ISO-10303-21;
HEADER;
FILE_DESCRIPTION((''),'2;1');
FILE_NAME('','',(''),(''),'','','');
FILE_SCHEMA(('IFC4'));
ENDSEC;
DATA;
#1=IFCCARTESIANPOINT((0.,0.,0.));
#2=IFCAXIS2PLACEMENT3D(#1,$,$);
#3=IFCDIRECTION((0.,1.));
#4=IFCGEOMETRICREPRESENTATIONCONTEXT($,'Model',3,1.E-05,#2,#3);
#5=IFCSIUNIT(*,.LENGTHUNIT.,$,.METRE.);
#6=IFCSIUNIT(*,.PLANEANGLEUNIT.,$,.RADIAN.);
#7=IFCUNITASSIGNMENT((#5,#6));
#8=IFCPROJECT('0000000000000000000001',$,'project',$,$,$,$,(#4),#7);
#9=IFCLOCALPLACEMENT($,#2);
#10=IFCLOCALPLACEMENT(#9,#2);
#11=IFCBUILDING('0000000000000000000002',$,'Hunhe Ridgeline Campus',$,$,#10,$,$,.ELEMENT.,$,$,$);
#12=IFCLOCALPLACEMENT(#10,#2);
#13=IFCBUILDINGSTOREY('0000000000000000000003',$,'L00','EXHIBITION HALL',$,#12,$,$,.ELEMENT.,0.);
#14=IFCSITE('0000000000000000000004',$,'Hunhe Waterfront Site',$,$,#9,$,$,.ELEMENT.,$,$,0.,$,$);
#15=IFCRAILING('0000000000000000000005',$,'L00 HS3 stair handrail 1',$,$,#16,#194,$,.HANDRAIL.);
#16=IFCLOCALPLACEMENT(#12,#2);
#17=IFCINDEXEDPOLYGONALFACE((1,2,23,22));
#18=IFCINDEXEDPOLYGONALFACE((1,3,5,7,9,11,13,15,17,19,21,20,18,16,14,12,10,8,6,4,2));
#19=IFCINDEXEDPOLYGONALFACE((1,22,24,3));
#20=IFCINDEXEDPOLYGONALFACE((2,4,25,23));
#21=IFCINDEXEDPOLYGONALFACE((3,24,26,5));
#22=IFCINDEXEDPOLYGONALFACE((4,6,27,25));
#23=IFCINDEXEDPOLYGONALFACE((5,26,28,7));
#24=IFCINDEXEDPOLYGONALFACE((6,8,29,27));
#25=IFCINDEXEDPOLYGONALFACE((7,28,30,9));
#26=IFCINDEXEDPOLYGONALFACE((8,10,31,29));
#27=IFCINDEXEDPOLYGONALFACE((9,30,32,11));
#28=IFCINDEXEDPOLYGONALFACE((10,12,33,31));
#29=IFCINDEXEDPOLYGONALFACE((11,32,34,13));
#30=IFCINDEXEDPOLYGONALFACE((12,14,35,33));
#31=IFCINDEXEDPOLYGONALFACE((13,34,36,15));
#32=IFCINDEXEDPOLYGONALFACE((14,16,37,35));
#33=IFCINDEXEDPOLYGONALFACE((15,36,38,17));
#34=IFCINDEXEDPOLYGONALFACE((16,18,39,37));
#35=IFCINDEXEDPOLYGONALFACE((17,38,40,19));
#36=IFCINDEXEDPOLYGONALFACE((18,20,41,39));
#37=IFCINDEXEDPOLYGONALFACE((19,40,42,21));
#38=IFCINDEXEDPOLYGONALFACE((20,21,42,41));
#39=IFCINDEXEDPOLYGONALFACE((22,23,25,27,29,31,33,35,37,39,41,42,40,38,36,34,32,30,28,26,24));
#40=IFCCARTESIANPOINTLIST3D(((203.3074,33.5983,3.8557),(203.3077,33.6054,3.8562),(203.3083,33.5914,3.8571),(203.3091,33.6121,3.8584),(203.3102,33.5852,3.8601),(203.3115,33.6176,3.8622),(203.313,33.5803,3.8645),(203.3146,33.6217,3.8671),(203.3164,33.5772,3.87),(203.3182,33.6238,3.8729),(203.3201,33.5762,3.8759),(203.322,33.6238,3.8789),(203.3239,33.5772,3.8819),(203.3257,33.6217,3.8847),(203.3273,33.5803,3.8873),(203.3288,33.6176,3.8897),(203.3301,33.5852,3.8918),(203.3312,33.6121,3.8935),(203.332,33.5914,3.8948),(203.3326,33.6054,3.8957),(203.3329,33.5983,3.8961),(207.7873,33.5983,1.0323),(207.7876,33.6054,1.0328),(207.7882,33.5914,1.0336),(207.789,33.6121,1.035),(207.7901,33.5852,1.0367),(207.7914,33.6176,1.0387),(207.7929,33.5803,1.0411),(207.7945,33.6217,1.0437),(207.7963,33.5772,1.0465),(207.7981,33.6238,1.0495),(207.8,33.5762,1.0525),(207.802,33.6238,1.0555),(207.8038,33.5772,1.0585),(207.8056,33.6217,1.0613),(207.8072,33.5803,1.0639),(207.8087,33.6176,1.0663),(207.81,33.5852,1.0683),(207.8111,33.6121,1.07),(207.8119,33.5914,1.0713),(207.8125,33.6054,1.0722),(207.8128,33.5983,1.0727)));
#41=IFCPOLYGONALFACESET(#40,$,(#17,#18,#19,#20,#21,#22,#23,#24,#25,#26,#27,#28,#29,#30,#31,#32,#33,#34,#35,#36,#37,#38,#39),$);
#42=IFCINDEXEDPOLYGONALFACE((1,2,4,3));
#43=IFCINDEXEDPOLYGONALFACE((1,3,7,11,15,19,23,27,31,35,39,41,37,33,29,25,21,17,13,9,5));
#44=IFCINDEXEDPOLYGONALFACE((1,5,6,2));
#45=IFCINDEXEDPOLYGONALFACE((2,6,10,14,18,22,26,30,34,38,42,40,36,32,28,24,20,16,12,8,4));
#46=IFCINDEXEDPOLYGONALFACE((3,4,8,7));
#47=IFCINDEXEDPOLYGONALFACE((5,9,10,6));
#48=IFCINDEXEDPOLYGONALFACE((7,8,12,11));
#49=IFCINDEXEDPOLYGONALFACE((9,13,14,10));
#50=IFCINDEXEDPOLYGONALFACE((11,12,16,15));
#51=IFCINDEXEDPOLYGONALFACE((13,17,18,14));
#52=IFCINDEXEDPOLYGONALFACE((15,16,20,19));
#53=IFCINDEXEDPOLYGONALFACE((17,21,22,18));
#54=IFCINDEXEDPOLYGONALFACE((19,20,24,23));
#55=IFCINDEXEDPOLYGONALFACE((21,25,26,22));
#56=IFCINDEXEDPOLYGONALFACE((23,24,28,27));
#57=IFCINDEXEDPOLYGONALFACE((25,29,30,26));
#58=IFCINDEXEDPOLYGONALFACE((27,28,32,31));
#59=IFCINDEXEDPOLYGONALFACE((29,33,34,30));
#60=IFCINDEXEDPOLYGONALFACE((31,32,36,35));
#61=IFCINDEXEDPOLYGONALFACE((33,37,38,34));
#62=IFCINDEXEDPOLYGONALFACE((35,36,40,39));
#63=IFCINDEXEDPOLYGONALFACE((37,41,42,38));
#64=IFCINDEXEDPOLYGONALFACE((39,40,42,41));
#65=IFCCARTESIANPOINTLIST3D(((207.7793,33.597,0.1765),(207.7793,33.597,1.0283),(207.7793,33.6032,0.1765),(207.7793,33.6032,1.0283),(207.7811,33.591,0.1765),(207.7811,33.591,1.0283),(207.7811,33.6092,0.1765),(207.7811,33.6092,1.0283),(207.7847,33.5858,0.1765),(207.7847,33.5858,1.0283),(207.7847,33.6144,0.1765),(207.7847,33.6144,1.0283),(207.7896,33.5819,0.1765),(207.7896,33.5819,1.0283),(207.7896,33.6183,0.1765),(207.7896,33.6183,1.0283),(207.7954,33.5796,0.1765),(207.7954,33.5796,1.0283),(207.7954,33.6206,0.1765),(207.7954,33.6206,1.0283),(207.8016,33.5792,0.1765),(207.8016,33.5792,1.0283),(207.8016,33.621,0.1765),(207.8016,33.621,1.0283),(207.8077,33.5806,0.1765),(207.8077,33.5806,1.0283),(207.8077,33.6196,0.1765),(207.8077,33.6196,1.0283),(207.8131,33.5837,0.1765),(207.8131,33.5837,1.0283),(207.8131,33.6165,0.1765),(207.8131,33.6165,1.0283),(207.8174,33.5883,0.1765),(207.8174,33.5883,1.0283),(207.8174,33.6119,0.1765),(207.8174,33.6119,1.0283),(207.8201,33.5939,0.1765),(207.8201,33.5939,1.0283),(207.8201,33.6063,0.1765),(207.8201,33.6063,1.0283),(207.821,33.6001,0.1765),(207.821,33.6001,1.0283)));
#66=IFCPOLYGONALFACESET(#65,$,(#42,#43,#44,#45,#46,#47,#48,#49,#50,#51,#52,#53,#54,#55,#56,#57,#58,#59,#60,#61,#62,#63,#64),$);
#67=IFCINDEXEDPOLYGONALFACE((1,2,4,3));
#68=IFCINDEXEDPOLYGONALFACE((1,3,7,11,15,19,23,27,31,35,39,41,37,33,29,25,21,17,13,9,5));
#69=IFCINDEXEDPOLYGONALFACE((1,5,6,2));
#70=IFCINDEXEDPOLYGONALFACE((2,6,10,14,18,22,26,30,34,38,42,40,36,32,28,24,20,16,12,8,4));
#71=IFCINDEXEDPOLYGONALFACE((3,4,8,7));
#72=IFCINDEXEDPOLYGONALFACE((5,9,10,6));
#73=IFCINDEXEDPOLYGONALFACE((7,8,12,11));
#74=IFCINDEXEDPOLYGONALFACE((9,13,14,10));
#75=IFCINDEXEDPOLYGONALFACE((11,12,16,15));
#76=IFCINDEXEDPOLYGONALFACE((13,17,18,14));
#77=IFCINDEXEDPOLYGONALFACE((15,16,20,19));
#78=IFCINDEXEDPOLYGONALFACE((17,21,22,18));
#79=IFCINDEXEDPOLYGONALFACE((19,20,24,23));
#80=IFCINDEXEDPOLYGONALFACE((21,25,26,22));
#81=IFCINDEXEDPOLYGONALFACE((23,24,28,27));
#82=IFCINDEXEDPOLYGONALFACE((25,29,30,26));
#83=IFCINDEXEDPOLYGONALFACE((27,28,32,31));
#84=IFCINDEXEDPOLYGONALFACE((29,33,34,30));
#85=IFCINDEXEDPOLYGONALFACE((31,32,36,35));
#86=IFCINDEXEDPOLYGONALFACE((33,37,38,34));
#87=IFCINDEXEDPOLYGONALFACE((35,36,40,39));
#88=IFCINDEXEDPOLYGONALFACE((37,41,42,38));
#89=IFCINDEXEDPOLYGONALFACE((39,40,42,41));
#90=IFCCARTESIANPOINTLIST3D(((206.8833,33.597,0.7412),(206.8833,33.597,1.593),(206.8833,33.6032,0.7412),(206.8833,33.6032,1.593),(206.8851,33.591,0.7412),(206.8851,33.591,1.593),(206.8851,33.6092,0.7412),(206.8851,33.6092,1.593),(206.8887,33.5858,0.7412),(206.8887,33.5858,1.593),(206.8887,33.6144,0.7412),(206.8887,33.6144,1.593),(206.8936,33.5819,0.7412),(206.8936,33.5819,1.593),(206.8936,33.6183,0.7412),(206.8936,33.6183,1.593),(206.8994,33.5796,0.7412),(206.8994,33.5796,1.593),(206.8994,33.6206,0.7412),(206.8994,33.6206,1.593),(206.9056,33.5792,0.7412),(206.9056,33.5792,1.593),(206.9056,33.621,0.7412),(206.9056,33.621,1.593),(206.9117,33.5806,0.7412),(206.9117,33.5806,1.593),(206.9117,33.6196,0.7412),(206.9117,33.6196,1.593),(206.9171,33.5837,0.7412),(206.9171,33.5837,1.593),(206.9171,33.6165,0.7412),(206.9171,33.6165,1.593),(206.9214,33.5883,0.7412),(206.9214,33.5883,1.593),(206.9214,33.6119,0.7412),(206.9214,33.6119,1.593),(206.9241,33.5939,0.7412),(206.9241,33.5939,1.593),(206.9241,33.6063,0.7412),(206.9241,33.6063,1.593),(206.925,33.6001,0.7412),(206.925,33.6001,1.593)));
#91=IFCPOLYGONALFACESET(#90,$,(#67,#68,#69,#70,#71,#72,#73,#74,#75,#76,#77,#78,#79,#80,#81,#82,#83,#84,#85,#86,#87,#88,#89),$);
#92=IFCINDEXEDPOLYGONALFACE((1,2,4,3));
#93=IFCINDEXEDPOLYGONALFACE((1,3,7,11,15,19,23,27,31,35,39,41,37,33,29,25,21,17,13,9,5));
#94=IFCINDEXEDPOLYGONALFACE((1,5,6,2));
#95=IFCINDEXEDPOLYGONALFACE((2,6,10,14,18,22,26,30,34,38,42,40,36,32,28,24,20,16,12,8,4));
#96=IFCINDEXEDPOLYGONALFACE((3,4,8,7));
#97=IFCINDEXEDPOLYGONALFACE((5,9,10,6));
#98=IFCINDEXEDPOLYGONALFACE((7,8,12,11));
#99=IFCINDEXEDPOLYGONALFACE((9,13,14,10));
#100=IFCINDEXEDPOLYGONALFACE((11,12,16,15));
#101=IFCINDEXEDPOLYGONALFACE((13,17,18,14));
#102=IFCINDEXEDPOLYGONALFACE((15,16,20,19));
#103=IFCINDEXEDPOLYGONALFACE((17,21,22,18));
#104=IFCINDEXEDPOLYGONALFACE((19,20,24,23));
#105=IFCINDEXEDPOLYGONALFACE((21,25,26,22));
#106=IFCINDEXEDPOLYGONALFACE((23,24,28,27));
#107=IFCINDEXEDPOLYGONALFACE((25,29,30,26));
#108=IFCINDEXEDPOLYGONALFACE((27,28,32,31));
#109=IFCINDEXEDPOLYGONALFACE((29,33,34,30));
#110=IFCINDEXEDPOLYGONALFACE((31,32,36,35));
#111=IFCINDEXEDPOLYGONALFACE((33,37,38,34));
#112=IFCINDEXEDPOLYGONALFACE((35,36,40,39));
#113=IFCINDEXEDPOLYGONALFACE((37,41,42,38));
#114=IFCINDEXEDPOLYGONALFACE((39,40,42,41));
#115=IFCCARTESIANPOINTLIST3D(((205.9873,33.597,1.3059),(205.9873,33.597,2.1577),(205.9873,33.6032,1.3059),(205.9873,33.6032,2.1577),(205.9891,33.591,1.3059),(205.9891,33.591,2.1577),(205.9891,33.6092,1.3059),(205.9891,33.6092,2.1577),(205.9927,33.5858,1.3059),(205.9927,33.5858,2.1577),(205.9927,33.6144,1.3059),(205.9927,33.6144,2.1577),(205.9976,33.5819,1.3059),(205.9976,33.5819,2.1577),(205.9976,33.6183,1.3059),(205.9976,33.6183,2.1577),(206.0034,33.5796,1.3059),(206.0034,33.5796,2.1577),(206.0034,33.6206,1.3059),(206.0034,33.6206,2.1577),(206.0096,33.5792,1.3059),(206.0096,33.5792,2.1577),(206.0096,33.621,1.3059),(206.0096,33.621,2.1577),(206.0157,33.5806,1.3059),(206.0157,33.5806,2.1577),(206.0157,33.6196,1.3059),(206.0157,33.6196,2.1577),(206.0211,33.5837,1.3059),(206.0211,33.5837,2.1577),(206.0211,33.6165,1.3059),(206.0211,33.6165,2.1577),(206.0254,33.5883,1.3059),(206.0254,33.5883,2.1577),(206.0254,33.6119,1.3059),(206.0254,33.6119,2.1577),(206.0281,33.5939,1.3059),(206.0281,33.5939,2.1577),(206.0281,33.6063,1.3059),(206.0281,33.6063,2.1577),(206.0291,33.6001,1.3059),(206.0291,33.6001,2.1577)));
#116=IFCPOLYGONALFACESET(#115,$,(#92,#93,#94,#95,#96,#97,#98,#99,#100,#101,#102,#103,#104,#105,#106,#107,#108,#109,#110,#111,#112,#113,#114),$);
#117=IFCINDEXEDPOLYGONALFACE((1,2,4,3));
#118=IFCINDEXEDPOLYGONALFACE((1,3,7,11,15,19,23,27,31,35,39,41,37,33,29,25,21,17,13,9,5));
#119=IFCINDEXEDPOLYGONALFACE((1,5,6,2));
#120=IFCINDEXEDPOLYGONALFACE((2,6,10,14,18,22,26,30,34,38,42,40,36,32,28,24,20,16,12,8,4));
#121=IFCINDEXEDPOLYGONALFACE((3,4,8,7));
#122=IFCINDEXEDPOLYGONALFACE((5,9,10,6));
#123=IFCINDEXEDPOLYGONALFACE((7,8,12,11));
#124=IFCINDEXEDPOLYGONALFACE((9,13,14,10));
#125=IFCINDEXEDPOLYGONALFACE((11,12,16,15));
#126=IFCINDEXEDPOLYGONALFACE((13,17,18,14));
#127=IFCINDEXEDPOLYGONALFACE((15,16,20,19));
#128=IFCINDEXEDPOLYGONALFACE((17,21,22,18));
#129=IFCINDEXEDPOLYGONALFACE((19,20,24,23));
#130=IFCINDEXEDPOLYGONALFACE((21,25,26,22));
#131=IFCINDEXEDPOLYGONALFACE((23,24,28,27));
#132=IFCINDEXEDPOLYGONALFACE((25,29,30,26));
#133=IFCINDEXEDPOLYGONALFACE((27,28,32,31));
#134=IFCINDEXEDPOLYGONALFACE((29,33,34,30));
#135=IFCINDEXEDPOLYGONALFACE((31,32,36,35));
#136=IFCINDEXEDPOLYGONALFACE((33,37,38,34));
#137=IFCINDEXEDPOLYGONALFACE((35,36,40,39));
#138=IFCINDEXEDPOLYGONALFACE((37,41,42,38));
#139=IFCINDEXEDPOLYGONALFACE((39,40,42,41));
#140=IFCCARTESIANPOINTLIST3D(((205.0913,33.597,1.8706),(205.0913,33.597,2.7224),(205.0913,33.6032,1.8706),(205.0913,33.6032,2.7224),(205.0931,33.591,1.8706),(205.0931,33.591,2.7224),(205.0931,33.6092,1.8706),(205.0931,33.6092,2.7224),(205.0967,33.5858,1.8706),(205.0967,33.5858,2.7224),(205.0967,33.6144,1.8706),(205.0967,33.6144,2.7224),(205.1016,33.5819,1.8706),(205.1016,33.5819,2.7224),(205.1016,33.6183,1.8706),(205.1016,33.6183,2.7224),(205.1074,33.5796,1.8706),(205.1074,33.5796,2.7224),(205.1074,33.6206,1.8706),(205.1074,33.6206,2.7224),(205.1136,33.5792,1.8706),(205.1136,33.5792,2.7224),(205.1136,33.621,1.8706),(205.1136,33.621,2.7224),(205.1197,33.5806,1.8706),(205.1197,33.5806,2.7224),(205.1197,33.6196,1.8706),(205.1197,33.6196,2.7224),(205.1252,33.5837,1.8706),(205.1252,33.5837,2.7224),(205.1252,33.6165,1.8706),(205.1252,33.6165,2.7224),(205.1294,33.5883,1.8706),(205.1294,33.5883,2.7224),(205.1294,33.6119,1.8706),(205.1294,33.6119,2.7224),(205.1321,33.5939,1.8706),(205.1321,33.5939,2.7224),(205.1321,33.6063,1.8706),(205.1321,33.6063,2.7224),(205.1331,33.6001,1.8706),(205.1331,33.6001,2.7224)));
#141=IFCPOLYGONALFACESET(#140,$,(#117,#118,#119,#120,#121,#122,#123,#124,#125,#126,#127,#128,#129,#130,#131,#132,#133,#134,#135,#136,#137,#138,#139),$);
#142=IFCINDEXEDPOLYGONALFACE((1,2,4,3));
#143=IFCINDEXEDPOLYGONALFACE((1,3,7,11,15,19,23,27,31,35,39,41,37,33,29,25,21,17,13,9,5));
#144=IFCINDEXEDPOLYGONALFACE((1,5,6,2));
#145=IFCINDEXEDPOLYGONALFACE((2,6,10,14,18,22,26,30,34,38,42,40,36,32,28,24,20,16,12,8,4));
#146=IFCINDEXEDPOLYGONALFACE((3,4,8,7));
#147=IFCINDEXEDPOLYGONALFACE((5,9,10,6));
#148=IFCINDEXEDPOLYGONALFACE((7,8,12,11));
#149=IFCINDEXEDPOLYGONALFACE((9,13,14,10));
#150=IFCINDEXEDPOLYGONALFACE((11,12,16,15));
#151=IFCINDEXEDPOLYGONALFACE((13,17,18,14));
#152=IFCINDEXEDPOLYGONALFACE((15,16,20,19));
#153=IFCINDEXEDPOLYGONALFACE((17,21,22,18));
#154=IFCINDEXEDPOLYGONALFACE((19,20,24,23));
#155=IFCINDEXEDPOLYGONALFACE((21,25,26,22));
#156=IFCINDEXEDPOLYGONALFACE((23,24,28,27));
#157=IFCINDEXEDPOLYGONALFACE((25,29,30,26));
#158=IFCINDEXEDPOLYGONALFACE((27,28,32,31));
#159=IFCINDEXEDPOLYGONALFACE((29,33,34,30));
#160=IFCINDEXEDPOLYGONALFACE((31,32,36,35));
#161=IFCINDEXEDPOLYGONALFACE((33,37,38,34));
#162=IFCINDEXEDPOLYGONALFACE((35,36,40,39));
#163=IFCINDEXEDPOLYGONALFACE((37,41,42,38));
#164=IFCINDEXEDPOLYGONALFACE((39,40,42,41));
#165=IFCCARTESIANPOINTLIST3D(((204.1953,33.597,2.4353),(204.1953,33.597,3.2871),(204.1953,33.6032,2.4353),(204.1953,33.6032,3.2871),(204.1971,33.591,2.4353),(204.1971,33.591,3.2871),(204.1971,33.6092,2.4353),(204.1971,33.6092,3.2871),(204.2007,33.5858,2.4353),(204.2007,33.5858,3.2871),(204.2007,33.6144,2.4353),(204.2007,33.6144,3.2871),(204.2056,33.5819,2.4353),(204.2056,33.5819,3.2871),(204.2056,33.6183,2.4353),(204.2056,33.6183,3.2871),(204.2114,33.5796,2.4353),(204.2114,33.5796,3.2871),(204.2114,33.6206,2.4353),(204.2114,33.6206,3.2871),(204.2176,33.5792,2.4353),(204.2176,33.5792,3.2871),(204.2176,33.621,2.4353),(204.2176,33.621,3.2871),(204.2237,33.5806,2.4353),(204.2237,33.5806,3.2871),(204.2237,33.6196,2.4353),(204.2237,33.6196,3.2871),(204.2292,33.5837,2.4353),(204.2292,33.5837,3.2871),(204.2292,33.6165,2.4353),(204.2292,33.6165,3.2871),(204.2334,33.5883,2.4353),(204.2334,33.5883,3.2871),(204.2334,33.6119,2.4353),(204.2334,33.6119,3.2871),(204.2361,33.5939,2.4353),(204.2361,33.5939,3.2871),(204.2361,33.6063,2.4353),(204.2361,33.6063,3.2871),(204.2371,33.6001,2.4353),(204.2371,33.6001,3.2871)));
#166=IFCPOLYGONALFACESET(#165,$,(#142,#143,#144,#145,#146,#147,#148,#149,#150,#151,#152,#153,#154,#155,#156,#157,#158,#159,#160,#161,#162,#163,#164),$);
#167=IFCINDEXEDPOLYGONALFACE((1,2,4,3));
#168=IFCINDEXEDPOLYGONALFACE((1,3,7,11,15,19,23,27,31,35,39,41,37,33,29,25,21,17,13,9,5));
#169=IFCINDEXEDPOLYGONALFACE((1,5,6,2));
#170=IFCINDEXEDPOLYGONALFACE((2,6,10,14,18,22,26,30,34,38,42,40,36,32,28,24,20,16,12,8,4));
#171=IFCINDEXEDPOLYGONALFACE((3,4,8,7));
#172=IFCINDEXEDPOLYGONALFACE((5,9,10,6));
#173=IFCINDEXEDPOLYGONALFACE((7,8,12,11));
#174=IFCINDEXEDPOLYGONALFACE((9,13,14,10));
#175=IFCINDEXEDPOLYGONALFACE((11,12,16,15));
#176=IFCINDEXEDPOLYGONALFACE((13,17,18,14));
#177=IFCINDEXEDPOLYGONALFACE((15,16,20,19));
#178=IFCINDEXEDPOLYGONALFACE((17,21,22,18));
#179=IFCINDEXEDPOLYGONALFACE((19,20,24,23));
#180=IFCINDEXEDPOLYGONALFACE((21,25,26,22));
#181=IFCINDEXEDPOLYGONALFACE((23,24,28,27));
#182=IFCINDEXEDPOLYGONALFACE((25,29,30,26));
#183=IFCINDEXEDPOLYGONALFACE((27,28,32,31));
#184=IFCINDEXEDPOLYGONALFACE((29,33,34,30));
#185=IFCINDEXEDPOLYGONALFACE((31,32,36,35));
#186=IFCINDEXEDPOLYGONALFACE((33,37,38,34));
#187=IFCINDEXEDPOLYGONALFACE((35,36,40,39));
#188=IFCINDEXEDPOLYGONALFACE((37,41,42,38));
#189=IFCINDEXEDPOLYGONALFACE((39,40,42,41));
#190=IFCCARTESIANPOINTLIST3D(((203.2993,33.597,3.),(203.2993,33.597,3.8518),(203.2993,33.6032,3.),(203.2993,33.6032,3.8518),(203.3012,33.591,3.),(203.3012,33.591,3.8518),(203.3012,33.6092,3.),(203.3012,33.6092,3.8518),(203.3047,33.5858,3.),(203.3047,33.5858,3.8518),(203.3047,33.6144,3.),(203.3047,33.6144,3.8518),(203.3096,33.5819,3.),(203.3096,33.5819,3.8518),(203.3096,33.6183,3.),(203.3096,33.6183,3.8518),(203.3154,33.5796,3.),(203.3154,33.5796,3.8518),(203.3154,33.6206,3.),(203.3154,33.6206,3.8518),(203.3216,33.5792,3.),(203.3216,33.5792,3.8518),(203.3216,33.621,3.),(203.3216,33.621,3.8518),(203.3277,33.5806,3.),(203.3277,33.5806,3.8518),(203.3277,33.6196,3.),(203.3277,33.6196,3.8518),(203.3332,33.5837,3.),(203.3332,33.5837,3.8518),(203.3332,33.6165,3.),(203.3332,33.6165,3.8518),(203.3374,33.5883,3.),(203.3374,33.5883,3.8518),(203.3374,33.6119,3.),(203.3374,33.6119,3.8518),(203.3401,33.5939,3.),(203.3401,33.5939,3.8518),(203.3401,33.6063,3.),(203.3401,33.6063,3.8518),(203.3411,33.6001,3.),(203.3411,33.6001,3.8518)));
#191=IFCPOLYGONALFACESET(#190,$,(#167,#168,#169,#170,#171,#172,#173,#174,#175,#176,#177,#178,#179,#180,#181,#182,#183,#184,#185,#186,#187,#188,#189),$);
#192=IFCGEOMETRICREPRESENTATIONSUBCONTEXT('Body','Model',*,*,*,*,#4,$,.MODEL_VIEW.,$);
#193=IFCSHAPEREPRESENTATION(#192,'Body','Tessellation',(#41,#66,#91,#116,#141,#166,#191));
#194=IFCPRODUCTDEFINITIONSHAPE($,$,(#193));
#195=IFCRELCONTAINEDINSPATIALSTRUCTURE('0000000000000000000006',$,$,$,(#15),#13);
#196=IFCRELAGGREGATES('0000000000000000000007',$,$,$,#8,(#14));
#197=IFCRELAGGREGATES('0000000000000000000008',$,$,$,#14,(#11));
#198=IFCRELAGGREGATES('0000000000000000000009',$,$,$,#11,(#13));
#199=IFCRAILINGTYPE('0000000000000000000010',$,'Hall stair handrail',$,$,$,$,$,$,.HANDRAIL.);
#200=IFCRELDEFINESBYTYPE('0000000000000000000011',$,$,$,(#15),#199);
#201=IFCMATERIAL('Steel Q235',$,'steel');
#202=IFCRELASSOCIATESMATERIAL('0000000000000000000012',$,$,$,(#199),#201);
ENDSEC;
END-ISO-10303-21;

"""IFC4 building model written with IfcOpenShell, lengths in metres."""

from ifc_helpers import new_model, si_unit, direction, frame, origin, origin_2d, place, context, subcontext, project, spatial, circle, extrude, material, type_object, element, save


model = new_model("IFC4")

# Units and contexts
model_context = context("Model", 3, precision=1e-05, world=origin(), true_north=direction((0.0, 1.0)))
body_context = subcontext(model_context, "Body", "Model", "MODEL_VIEW")
ifc_project = project(units=[si_unit("LENGTHUNIT", "METRE"), si_unit("PLANEANGLEUNIT", "RADIAN")], contexts=[model_context])

# Site, building, storey
site_placement = place(None, origin())
site = spatial("IfcSite", under=ifc_project, at=site_placement, Name="Hunhe Waterfront Site", CompositionType="ELEMENT", RefElevation=0.0)
building_placement = place(site_placement, origin())
building = spatial("IfcBuilding", under=site, at=building_placement, Name="Hunhe Ridgeline Campus", CompositionType="ELEMENT")
storey_placement = place(building_placement, origin())
storey = spatial("IfcBuildingStorey", under=building, at=storey_placement, Name="L00", Description="EXHIBITION HALL", CompositionType="ELEMENT", Elevation=0.0)

# Shared definitions
ifc_material_1 = material(Name="Steel Q235", Category="steel")

# Railing
railing_type_1 = type_object("IfcRailingType", Name="Hall stair handrail", PredefinedType="HANDRAIL", material=ifc_material_1)
railing_1_placement = place(storey_placement, frame((207.8, 33.6001, 0.1765)))
element("IfcRailing", 1, at=railing_1_placement, inside=storey, type_object=railing_type_1, Name="L00 HS3 stair handrail 1", PredefinedType="HANDRAIL", context=body_context, shape_type="SweptSolid", body=[
    extrude(circle(Radius=0.0239, at=origin_2d()), frame((0.0, 0.0, 0.876), z_axis=(-0.845998, 0.0, 0.533186), x_axis=(0.0, -1.0, 0.0)), (0.0, 0.0, 1.0), 5.2954),
    extrude(circle(Radius=0.021, at=origin_2d()), origin(), (0.0, 0.0, 1.0), 0.8518),
    extrude(circle(Radius=0.021, at=origin_2d()), frame((-0.896, 0.0, 0.5647)), (0.0, 0.0, 1.0), 0.8518),
    extrude(circle(Radius=0.021, at=origin_2d()), frame((-1.792, 0.0, 1.1294)), (0.0, 0.0, 1.0), 0.8518),
    extrude(circle(Radius=0.021, at=origin_2d()), frame((-2.688, 0.0, 1.6941)), (0.0, 0.0, 1.0), 0.8518),
    extrude(circle(Radius=0.021, at=origin_2d()), frame((-3.584, 0.0, 2.2588)), (0.0, 0.0, 1.0), 0.8518),
    extrude(circle(Radius=0.021, at=origin_2d()), frame((-4.48, 0.0, 2.8235)), (0.0, 0.0, 1.0), 0.8518),
])

save(model, "model.ifc")
